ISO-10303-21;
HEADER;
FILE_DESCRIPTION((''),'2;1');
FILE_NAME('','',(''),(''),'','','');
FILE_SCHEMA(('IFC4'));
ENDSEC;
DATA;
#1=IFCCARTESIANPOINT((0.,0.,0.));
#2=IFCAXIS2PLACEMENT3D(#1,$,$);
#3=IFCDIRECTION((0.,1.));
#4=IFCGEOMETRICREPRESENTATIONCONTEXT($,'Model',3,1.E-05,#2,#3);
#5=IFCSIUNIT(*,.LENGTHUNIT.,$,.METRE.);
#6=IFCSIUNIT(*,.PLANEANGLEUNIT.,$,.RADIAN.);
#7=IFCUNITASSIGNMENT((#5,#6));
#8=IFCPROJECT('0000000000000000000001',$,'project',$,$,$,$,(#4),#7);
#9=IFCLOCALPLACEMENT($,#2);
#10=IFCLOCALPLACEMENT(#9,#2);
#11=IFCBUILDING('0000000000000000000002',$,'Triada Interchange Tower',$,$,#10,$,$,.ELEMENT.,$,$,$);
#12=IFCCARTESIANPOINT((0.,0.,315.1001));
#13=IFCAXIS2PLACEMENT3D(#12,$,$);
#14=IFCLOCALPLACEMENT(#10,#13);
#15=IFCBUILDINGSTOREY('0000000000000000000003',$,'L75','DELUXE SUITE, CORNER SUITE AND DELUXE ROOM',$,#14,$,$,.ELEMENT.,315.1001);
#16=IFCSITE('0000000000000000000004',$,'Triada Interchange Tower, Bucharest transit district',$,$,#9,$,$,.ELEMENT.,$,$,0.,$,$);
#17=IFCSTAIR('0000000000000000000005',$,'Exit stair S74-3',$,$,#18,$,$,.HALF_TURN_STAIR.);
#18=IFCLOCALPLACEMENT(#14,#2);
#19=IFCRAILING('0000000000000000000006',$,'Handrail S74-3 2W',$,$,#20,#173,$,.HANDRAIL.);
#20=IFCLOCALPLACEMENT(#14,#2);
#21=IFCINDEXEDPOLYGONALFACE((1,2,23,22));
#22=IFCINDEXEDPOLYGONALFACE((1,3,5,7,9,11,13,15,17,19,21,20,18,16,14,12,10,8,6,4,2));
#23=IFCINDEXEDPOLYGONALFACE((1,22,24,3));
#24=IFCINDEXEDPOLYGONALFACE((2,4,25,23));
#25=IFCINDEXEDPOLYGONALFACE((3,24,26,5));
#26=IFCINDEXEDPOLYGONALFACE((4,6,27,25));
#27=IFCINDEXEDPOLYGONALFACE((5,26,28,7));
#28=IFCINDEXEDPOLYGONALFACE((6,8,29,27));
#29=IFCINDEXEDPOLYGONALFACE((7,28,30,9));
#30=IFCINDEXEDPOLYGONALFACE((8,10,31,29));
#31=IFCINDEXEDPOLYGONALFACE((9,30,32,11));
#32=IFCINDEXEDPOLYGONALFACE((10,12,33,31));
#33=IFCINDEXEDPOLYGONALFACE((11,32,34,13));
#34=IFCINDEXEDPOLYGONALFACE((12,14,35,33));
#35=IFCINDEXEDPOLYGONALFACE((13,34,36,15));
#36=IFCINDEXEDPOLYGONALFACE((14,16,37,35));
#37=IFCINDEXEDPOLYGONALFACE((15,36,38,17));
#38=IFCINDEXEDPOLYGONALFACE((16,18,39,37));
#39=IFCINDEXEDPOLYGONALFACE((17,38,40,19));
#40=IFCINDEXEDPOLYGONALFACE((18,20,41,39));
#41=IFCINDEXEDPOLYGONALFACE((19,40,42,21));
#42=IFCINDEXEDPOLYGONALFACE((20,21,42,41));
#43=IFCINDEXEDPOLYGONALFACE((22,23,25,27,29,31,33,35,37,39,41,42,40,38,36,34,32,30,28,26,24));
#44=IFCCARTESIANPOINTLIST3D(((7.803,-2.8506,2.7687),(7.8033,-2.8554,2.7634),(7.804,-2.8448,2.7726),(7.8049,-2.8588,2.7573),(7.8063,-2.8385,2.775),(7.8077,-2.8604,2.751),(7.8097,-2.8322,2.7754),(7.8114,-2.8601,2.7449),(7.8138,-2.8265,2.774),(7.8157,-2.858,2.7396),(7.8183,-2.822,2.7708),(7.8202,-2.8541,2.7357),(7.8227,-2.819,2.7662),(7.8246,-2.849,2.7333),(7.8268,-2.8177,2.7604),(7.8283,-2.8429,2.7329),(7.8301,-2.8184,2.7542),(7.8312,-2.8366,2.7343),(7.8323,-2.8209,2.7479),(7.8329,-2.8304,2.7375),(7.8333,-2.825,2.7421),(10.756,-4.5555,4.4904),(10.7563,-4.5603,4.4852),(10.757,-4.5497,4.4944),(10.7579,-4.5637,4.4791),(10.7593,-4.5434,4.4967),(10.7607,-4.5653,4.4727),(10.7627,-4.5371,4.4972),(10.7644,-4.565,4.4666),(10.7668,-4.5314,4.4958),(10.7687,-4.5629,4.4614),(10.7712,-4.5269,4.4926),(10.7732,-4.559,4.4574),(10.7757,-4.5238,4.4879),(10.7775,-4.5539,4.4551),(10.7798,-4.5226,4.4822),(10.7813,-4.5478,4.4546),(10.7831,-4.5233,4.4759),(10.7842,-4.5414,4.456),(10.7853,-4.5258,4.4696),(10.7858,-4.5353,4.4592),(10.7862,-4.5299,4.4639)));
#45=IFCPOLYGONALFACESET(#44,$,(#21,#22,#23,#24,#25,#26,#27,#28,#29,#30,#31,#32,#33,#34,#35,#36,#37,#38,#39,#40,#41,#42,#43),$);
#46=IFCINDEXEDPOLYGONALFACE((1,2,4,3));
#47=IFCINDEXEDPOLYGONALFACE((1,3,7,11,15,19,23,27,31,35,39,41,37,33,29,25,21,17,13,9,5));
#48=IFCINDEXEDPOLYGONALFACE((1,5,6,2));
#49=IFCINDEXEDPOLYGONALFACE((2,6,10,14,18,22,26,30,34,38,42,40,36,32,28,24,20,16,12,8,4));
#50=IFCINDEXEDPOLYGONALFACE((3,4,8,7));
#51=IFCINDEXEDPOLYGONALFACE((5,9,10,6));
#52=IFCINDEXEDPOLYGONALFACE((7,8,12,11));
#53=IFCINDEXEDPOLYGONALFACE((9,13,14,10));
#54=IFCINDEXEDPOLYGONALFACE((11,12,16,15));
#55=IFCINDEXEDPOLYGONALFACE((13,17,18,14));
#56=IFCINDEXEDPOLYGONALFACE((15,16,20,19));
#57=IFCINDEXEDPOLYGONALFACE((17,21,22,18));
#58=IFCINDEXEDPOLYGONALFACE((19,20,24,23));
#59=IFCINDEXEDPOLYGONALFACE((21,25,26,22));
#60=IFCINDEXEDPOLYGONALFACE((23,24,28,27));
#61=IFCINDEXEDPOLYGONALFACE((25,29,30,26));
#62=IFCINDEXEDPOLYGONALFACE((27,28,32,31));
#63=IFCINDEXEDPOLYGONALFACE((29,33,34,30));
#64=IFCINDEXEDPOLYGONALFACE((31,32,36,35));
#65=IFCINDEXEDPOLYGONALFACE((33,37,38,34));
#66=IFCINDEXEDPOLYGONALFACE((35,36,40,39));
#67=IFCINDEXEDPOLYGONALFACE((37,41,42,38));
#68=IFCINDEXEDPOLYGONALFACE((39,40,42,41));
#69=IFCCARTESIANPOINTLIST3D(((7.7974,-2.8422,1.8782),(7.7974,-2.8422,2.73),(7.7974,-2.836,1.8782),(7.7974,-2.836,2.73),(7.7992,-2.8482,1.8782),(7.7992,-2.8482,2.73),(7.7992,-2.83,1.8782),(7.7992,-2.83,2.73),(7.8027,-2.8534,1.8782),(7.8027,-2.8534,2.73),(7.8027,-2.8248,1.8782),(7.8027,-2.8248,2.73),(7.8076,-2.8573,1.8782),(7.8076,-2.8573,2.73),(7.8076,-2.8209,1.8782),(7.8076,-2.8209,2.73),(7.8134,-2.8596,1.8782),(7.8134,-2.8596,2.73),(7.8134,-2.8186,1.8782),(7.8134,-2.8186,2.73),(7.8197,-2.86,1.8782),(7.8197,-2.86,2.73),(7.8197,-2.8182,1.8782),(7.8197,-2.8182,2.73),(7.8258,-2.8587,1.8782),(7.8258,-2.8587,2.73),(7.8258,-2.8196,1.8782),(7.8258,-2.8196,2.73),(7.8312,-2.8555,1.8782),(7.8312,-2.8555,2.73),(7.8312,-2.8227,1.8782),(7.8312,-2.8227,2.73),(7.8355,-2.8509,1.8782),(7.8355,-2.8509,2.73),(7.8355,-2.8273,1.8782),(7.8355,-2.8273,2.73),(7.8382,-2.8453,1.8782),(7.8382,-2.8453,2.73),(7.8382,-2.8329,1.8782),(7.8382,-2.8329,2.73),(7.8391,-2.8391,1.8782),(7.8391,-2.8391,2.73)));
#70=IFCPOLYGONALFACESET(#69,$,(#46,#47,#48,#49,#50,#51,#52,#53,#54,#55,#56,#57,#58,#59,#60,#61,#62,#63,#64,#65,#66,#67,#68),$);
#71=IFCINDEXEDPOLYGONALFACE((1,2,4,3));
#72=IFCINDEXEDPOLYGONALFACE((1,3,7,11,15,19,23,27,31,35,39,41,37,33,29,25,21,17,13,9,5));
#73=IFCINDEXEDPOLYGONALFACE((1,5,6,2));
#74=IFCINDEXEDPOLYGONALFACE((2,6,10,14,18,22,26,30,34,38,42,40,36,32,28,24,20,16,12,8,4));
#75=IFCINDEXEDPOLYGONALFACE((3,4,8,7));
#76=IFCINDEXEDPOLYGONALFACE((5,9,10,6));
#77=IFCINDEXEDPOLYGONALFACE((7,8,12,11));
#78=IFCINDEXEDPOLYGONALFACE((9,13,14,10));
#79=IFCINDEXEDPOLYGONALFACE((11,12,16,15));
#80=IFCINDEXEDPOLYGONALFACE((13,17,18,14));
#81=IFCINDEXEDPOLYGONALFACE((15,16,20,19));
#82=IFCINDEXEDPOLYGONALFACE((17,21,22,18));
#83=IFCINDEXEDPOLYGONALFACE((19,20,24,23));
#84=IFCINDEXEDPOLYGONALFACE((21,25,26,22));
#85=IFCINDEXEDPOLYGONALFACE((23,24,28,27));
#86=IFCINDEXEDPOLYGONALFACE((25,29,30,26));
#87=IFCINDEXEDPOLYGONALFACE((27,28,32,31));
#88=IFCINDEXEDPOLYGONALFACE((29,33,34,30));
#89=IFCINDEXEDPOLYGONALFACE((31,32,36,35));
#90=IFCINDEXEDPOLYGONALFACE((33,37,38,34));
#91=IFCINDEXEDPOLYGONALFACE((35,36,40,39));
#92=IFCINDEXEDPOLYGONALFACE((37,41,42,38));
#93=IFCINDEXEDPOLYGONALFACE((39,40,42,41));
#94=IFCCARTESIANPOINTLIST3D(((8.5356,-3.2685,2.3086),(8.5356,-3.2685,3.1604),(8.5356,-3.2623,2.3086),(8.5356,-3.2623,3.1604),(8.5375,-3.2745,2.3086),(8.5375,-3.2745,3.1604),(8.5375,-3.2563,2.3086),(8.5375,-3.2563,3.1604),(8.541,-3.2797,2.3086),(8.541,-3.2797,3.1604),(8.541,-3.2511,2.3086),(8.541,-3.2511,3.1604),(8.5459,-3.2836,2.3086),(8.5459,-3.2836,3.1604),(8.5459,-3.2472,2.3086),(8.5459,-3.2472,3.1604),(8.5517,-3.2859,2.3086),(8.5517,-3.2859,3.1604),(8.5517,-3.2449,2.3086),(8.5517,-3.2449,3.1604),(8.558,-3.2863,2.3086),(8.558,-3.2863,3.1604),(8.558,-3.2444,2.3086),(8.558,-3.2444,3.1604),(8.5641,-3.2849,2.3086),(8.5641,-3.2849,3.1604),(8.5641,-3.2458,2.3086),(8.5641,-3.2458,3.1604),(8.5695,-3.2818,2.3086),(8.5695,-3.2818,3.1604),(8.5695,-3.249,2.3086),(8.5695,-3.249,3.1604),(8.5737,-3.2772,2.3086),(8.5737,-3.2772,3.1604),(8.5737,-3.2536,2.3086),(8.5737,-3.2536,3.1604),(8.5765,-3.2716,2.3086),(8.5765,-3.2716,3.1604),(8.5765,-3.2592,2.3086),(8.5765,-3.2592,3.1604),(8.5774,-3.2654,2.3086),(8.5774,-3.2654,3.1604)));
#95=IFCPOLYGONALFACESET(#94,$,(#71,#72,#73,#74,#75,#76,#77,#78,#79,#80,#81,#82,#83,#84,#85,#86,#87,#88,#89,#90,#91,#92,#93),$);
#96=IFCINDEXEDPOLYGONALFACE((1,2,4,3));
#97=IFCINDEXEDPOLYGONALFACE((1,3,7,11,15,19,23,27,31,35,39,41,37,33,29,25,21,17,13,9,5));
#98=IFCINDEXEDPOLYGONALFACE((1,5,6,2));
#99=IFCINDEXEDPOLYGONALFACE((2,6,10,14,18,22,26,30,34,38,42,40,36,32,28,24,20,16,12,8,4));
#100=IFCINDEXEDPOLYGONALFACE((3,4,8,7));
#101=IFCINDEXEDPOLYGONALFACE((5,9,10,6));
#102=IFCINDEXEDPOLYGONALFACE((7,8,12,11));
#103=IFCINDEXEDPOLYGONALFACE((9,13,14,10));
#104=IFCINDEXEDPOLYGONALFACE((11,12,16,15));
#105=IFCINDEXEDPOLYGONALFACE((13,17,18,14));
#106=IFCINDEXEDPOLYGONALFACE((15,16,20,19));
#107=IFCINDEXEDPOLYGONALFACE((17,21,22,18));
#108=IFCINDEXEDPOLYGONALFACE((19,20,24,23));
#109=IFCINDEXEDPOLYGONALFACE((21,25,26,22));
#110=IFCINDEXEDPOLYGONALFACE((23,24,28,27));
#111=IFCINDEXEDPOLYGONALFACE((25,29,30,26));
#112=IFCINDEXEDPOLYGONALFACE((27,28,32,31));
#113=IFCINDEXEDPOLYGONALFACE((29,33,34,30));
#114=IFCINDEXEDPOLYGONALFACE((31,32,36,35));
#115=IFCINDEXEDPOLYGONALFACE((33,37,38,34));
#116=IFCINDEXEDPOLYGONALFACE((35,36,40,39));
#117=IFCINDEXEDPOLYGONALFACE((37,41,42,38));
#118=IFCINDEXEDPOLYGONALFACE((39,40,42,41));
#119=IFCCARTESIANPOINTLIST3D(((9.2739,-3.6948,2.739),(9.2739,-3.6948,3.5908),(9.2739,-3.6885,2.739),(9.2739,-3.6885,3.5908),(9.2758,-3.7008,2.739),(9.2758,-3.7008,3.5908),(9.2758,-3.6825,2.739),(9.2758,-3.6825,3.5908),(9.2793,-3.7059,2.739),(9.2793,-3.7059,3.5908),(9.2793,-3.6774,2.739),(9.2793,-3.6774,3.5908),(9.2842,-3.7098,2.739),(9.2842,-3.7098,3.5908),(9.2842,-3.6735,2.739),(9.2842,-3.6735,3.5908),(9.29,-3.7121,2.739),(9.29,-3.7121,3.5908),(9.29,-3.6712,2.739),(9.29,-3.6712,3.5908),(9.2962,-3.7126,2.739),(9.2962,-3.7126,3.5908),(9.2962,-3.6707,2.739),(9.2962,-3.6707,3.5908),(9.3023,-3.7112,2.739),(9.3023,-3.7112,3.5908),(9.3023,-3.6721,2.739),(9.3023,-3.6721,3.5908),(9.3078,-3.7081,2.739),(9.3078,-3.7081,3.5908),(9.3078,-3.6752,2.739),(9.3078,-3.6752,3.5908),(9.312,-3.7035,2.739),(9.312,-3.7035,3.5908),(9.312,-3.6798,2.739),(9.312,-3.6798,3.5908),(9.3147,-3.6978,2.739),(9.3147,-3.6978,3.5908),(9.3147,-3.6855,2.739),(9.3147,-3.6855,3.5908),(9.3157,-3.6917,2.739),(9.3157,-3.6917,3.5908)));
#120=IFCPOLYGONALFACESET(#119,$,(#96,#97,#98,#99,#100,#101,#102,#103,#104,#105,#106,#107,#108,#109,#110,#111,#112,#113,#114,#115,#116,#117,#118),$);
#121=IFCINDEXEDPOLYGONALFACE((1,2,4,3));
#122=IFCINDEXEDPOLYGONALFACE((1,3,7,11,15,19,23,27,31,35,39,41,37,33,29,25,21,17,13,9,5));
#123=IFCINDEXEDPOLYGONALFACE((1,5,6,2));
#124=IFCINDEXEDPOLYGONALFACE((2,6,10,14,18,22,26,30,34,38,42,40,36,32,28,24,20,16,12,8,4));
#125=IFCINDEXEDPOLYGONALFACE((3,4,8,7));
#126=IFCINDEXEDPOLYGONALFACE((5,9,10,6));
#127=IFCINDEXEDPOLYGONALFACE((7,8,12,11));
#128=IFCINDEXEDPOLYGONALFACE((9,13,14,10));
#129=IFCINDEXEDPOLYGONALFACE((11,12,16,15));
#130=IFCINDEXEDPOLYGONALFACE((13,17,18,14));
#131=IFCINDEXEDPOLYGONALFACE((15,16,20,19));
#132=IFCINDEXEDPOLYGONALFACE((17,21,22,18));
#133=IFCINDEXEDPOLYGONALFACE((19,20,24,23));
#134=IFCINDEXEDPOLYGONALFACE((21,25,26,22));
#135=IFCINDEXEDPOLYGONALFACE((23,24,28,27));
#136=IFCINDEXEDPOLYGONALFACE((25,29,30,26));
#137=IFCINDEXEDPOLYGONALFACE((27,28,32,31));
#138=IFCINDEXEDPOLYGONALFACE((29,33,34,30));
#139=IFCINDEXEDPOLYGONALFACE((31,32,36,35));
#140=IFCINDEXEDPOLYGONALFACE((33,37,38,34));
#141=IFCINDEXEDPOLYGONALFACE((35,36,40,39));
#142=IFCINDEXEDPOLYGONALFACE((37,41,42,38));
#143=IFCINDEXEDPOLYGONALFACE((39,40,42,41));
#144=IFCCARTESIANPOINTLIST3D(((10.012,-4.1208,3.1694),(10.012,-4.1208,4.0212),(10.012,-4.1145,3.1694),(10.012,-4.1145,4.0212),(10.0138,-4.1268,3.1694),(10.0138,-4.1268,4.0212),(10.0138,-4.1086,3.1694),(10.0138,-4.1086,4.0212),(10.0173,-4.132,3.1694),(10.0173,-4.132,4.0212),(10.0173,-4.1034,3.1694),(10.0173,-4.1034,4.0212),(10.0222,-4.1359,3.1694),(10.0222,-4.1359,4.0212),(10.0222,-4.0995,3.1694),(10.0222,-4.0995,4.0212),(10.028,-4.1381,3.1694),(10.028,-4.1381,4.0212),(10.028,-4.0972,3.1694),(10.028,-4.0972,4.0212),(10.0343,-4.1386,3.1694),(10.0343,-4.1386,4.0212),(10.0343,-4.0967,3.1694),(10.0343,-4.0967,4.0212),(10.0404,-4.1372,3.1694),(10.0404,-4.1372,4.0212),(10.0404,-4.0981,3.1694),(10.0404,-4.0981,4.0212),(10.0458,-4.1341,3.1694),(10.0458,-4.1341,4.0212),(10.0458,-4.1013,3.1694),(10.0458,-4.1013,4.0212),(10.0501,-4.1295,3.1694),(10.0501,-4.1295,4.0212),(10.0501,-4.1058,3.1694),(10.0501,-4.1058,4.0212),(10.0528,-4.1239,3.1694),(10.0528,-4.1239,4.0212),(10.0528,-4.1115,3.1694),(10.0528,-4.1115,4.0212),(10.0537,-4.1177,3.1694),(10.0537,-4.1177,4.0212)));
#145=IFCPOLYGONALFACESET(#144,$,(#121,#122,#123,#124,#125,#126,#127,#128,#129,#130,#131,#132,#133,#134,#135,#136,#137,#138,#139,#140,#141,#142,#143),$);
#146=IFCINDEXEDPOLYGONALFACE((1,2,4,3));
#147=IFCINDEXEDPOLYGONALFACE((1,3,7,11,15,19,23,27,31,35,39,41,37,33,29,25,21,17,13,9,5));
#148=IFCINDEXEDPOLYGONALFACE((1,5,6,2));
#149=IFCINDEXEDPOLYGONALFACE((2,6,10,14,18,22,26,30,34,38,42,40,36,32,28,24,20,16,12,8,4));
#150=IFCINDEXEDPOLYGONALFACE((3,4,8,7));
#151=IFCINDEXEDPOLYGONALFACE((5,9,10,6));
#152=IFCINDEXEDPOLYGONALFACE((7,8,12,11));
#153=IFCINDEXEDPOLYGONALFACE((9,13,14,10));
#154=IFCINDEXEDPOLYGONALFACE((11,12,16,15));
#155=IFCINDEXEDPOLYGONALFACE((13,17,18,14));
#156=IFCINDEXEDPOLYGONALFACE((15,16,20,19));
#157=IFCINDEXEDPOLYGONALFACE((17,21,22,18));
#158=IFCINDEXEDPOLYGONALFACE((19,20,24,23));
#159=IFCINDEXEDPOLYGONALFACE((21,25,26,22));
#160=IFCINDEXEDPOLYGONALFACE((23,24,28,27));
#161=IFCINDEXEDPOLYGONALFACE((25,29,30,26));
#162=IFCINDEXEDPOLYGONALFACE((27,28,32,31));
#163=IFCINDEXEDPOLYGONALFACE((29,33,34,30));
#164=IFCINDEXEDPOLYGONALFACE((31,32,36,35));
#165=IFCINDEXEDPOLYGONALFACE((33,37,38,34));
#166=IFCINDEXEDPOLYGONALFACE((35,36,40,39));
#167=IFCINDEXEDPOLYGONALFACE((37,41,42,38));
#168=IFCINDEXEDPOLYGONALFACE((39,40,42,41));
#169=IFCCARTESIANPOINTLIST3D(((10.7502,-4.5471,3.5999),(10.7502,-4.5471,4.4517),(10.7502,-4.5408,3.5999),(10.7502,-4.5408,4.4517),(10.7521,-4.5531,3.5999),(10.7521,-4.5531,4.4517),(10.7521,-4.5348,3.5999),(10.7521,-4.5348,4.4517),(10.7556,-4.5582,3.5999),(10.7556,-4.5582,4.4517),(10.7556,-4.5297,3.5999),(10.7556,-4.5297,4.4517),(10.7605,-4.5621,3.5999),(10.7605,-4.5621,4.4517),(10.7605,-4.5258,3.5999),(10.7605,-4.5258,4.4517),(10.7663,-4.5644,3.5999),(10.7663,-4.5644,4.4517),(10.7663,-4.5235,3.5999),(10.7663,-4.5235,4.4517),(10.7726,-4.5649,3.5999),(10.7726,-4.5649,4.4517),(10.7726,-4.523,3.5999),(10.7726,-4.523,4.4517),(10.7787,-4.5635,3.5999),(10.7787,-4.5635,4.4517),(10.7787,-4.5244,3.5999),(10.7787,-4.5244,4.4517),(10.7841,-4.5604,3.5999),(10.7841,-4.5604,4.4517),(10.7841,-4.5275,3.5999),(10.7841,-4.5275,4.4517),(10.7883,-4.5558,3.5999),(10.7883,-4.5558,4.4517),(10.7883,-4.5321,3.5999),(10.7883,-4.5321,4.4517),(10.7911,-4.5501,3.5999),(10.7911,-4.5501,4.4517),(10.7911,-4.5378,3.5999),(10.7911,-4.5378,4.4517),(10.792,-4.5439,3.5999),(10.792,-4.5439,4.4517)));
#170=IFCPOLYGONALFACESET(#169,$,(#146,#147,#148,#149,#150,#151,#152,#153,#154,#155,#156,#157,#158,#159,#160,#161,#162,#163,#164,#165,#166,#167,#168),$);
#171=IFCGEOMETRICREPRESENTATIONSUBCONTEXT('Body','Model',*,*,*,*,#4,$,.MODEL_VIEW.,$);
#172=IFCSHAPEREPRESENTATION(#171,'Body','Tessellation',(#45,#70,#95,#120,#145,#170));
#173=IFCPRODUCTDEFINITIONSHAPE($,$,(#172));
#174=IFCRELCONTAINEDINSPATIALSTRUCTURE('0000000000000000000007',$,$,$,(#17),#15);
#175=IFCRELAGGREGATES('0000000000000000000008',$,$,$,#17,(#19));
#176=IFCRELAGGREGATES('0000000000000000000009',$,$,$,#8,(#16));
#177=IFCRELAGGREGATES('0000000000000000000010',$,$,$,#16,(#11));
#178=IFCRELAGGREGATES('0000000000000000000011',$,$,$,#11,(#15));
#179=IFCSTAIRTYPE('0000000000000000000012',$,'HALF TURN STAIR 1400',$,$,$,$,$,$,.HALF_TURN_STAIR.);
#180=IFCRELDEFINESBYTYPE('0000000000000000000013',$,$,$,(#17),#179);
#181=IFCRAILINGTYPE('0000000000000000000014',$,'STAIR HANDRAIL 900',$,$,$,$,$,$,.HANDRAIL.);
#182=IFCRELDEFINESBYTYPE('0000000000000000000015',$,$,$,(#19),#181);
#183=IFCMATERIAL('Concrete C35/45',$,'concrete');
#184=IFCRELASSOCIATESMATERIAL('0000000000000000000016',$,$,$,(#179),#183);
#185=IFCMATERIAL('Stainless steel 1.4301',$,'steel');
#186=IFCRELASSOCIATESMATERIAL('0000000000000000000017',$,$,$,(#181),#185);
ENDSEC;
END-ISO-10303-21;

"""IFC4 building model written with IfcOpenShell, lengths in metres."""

from ifc_helpers import new_model, si_unit, direction, frame, origin, origin_2d, place, context, subcontext, project, spatial, circle, extrude, material, type_object, element, aggregate, save


model = new_model("IFC4")

# Units and contexts
model_context = context("Model", 3, precision=1e-05, world=origin(), true_north=direction((0.0, 1.0)))
body_context = subcontext(model_context, "Body", "Model", "MODEL_VIEW")
ifc_project = project(units=[si_unit("LENGTHUNIT", "METRE"), si_unit("PLANEANGLEUNIT", "RADIAN")], contexts=[model_context])

# Site, building, storey
site_placement = place(None, origin())
site = spatial("IfcSite", under=ifc_project, at=site_placement, Name="Triada Interchange Tower, Bucharest transit district", CompositionType="ELEMENT", RefElevation=0.0)
building_placement = place(site_placement, origin())
building = spatial("IfcBuilding", under=site, at=building_placement, Name="Triada Interchange Tower", CompositionType="ELEMENT")
storey_placement = place(building_placement, frame((0.0, 0.0, 315.1001)))
storey = spatial("IfcBuildingStorey", under=building, at=storey_placement, Name="L75", Description="DELUXE SUITE, CORNER SUITE AND DELUXE ROOM", CompositionType="ELEMENT", Elevation=315.1001)

# Stair, railing
ifc_material_1 = material(Name="Concrete C35/45", Category="concrete")
stair_type = type_object("IfcStairType", Name="HALF TURN STAIR 1400", PredefinedType="HALF_TURN_STAIR", material=ifc_material_1)
stair_placement = place(storey_placement, origin())
stair = element("IfcStair", 1, at=stair_placement, inside=storey, type_object=stair_type, Name="Exit stair S74-3", PredefinedType="HALF_TURN_STAIR")
ifc_material_2 = material(Name="Stainless steel 1.4301", Category="steel")
railing_type = type_object("IfcRailingType", Name="STAIR HANDRAIL 900", PredefinedType="HANDRAIL", material=ifc_material_2)
railing_1_placement = place(storey_placement, frame((7.8181, -2.8391, 1.8782)))
railing_1 = element("IfcRailing", 2, at=railing_1_placement, type_object=railing_type, Name="Handrail S74-3 2W", PredefinedType="HANDRAIL", context=body_context, shape_type="SweptSolid", body=[
    extrude(circle(Radius=0.0239, at=origin_2d()), frame((0.0, 0.0, 0.876), z_axis=(0.773065, -0.446326, 0.450736), x_axis=(0.499997, 0.866027, 0.0)), (0.0, 0.0, 1.0), 3.8198),
    extrude(circle(Radius=0.021, at=origin_2d()), origin(), (0.0, 0.0, 1.0), 0.8518),
    extrude(circle(Radius=0.021, at=origin_2d()), frame((0.7383, -0.4263, 0.4304)), (0.0, 0.0, 1.0), 0.8518),
    extrude(circle(Radius=0.021, at=origin_2d()), frame((1.4766, -0.8525, 0.8608)), (0.0, 0.0, 1.0), 0.8518),
    extrude(circle(Radius=0.021, at=origin_2d()), frame((2.2146, -1.2786, 1.2913)), (0.0, 0.0, 1.0), 0.8518),
    extrude(circle(Radius=0.021, at=origin_2d()), frame((2.9529, -1.7048, 1.7217)), (0.0, 0.0, 1.0), 0.8518),
])
aggregate(stair, [railing_1])

save(model, "model.ifc")
